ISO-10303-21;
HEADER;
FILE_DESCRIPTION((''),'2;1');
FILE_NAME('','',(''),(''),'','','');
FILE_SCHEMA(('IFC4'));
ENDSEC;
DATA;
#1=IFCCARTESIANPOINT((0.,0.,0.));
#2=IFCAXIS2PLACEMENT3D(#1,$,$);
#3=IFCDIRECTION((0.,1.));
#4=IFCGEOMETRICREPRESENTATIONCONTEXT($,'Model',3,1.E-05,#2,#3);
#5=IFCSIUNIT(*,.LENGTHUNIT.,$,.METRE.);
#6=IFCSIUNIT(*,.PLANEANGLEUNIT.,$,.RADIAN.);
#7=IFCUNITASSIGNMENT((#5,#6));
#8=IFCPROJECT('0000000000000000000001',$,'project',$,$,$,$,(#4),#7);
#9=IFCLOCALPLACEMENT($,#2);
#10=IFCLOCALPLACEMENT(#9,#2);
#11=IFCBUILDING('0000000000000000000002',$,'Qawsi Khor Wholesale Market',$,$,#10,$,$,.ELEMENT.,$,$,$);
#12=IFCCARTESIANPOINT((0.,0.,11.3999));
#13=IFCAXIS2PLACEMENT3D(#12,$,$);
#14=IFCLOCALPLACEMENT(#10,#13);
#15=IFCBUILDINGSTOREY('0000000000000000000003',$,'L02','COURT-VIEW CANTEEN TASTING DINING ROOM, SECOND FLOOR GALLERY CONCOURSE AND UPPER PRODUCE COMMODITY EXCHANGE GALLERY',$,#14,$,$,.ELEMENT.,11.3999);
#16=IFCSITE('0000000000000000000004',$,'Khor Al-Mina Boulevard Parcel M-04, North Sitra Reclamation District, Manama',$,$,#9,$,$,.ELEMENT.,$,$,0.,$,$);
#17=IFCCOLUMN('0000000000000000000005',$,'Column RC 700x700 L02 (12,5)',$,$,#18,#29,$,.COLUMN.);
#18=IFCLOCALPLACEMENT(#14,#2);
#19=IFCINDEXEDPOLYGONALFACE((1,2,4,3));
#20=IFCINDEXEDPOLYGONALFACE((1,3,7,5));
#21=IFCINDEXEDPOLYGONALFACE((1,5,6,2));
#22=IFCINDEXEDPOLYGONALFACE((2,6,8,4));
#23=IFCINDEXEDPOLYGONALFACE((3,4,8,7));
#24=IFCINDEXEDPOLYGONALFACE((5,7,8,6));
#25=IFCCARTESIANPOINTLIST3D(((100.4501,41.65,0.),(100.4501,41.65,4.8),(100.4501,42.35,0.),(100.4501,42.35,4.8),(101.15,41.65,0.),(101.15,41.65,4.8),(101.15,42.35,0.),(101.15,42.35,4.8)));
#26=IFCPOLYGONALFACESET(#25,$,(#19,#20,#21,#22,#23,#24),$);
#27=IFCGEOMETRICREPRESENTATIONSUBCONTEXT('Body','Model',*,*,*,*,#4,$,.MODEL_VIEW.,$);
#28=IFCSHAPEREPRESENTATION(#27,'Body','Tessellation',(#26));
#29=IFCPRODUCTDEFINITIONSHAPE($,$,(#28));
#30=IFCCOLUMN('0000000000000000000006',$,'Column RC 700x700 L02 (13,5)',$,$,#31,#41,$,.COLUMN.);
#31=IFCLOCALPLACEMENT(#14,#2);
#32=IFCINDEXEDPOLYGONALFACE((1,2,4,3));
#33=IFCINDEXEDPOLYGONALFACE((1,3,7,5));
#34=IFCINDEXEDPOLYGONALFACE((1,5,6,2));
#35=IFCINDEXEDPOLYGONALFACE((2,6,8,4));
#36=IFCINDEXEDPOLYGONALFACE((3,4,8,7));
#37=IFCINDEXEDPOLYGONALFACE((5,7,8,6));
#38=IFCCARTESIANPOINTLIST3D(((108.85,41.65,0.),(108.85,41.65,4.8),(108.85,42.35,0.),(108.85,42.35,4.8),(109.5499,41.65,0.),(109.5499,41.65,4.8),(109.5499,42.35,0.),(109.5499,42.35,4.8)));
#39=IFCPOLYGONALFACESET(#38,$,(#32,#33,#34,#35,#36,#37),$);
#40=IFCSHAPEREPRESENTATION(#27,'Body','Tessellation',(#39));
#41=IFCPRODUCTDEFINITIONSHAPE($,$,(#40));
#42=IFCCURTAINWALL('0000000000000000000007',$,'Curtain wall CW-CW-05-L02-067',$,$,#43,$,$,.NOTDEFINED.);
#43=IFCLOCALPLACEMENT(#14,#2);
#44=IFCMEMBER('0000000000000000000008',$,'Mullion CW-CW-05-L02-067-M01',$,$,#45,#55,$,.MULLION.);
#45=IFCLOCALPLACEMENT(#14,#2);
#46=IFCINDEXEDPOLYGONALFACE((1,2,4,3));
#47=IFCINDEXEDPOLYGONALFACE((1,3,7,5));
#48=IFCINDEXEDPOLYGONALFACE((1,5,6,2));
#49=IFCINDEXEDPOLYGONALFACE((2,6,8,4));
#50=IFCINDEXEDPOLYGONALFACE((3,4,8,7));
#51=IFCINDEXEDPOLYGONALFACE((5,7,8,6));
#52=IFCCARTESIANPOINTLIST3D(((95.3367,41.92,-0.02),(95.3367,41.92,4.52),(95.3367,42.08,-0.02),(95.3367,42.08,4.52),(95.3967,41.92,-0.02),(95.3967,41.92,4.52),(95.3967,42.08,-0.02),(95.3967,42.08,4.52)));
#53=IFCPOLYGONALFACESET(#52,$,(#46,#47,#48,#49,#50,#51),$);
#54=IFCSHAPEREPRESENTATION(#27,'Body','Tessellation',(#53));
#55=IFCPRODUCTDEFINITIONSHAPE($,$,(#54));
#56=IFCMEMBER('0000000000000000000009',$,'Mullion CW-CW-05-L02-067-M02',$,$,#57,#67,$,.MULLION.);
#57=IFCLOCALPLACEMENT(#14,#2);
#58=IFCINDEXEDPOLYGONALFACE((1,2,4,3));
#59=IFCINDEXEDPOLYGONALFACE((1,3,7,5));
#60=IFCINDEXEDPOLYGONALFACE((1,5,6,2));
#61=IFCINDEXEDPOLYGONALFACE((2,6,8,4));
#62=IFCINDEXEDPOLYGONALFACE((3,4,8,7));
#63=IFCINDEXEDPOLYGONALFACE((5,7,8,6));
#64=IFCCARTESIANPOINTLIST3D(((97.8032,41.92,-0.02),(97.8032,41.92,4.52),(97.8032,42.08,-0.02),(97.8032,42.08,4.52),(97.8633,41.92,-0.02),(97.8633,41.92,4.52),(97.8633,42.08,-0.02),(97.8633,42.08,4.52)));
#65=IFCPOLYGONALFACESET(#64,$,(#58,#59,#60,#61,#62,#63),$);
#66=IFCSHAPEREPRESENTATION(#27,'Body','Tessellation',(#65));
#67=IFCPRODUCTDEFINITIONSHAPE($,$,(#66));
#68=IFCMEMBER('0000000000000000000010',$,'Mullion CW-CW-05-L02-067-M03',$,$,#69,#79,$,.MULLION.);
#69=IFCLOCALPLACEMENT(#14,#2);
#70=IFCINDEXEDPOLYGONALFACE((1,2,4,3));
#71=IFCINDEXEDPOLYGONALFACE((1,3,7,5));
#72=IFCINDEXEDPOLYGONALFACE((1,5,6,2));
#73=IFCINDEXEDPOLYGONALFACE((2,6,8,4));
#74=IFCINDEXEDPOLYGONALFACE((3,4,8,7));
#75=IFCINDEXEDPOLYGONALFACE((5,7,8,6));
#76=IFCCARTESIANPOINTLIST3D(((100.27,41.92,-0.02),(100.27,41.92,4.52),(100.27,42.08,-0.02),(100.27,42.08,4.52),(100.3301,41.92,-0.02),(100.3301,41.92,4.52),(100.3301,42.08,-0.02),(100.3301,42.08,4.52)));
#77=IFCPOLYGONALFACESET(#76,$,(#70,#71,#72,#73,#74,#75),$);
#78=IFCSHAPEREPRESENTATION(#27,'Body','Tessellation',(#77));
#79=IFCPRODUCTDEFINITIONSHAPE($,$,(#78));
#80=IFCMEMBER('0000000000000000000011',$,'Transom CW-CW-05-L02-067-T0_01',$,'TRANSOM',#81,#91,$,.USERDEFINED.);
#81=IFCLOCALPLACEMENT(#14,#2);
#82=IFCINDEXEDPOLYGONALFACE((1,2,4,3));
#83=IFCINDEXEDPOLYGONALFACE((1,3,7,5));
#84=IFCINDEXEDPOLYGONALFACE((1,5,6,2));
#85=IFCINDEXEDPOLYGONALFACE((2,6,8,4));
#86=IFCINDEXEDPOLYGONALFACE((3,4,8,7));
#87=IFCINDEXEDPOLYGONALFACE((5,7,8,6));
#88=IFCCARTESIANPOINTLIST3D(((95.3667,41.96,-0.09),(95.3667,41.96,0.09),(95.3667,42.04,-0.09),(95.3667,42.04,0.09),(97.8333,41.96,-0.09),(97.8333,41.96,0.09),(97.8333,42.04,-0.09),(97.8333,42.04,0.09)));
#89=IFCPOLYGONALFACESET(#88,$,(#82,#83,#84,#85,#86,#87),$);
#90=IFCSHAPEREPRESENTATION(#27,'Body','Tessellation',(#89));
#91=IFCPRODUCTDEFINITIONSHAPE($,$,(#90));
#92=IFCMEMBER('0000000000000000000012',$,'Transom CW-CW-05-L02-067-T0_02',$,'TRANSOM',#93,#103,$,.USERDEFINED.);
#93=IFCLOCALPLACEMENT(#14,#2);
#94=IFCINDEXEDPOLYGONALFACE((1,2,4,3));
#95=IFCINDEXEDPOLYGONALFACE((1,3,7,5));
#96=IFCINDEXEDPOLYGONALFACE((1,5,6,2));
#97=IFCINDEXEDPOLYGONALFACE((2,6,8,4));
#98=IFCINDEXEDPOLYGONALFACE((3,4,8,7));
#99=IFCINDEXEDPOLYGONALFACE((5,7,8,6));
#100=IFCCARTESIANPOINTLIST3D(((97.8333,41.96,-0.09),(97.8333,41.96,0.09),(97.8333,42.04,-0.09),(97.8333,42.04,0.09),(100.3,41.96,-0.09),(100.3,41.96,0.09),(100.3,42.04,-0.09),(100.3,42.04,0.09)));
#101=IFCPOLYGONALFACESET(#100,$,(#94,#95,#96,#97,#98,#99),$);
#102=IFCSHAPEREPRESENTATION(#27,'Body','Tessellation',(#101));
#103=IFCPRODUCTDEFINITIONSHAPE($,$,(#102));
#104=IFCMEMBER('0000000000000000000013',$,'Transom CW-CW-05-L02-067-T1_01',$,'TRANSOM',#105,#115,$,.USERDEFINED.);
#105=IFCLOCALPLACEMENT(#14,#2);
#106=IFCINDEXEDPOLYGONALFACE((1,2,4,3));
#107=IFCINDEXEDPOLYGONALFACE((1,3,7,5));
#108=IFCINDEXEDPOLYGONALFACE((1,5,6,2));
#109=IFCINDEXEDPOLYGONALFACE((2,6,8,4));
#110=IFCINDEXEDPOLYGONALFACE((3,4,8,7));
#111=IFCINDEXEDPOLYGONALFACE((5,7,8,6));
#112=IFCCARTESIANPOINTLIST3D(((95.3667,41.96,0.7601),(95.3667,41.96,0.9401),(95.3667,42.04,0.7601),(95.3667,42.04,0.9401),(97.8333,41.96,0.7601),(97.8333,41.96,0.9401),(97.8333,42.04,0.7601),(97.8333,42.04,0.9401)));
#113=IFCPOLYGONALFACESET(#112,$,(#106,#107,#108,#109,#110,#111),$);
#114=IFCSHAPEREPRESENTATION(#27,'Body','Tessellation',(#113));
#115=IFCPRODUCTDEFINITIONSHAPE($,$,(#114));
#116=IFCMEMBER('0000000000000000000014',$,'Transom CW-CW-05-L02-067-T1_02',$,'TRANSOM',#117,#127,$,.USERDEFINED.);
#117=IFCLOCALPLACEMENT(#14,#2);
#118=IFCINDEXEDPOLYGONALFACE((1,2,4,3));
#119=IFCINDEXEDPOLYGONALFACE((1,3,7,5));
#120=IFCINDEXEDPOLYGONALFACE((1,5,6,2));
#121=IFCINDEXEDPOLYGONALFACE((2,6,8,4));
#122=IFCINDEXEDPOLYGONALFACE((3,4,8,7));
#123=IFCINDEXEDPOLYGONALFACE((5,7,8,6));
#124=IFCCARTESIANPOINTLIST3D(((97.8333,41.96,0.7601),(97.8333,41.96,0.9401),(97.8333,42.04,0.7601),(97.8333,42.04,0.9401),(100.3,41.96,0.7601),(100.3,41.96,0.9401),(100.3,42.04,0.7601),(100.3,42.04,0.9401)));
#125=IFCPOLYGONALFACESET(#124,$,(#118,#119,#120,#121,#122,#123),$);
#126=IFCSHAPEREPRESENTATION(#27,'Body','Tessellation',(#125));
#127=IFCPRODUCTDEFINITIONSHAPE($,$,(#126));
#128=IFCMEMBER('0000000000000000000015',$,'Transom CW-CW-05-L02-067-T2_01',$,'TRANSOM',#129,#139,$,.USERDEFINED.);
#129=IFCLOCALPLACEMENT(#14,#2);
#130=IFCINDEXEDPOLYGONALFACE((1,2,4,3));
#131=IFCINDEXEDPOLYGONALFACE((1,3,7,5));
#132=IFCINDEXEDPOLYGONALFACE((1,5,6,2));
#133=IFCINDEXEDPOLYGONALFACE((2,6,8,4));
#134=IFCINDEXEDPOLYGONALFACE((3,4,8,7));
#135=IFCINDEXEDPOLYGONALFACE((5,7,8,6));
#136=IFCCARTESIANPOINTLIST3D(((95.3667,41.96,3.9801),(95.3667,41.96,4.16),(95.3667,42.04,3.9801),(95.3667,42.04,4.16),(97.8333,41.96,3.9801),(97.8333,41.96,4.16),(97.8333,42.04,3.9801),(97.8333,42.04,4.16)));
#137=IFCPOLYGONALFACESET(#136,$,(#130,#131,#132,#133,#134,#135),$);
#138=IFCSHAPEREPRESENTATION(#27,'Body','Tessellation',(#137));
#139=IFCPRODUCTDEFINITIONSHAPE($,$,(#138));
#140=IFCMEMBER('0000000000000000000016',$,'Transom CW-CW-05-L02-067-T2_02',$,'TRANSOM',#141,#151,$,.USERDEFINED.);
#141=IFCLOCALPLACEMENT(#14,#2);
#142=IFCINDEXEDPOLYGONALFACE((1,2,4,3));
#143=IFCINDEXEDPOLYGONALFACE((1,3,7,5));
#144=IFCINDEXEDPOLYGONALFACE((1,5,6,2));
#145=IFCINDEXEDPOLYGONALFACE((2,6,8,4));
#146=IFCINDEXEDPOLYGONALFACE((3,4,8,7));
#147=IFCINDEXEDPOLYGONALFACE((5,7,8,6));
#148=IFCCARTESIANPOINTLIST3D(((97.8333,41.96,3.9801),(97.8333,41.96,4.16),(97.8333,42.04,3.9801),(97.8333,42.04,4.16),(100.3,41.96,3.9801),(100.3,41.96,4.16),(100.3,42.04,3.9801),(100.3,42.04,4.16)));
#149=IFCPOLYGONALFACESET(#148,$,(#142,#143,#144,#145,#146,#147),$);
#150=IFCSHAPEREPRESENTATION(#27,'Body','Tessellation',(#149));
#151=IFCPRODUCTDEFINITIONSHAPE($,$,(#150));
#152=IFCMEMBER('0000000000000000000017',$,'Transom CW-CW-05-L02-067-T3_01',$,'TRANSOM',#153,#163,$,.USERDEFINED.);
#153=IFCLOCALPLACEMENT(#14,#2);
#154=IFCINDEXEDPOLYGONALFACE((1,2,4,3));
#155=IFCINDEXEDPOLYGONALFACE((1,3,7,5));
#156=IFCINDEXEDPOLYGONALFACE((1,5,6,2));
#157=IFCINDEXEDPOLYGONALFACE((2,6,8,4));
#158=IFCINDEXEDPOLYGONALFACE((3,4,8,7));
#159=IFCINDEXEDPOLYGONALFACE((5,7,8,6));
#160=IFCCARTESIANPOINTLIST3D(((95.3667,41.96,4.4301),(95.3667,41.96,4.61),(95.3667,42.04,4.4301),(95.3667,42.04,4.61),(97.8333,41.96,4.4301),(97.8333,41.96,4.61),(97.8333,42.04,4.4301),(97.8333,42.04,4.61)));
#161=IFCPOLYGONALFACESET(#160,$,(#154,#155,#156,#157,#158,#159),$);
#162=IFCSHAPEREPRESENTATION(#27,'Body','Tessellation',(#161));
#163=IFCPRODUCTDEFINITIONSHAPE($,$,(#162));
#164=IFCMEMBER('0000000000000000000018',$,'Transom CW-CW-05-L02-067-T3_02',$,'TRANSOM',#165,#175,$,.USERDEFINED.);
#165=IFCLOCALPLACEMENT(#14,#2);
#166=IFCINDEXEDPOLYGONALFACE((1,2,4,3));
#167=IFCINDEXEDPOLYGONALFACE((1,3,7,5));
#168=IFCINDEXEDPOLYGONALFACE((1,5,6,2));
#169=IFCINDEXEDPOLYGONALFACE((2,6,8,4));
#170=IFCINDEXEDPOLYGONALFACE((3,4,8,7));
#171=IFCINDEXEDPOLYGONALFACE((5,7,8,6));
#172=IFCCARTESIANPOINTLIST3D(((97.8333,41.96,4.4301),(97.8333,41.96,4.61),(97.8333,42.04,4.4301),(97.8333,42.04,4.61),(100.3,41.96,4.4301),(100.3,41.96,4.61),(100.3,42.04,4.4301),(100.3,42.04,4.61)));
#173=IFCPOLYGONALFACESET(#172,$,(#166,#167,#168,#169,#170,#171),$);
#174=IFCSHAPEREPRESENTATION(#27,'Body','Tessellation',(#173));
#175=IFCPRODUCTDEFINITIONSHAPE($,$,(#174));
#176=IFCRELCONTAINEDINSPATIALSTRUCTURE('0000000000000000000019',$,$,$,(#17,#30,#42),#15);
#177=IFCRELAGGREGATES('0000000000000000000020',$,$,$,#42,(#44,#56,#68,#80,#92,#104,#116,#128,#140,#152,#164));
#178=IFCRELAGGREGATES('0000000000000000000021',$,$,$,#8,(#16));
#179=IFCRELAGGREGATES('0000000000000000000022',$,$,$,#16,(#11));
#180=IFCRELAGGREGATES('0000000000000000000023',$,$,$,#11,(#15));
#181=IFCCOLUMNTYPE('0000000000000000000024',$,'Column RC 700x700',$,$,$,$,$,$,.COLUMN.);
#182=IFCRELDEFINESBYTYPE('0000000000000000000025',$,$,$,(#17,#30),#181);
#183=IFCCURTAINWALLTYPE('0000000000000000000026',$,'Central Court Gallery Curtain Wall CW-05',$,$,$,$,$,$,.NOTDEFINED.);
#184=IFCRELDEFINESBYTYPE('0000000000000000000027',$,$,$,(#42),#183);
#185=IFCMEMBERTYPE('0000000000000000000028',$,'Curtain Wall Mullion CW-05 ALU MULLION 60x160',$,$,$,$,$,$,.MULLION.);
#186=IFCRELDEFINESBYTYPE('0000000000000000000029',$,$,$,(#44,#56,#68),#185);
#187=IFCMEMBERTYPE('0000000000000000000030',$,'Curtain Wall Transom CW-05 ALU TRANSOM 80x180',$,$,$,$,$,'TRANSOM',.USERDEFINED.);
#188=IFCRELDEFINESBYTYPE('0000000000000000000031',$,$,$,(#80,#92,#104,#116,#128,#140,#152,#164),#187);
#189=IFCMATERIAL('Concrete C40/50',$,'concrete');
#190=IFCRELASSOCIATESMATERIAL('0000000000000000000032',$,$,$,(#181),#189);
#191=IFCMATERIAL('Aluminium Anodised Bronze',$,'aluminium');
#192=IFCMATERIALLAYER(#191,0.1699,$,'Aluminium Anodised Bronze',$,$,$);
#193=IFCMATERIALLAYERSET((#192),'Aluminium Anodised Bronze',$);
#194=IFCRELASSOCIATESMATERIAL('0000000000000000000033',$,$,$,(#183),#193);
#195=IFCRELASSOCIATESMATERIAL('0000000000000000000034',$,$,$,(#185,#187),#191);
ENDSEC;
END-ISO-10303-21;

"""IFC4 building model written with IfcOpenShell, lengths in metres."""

from ifc_helpers import new_model, si_unit, direction, frame, origin, origin_2d, place, context, subcontext, project, spatial, rectangle, extrude, material, layer, layer_set, material_profile, profile_set, type_object, element, aggregate, save


model = new_model("IFC4")

# Units and contexts
model_context = context("Model", 3, precision=1e-05, world=origin(), true_north=direction((0.0, 1.0)))
body_context = subcontext(model_context, "Body", "Model", "MODEL_VIEW")
ifc_project = project(units=[si_unit("LENGTHUNIT", "METRE"), si_unit("PLANEANGLEUNIT", "RADIAN")], contexts=[model_context])

# Site, building, storey
site_placement = place(None, origin())
site = spatial("IfcSite", under=ifc_project, at=site_placement, Name="Khor Al-Mina Boulevard Parcel M-04, North Sitra Reclamation District, Manama", CompositionType="ELEMENT", RefElevation=0.0)
building_placement = place(site_placement, origin())
building = spatial("IfcBuilding", under=site, at=building_placement, Name="Qawsi Khor Wholesale Market", CompositionType="ELEMENT")
storey_placement = place(building_placement, frame((0.0, 0.0, 11.3999)))
storey = spatial("IfcBuildingStorey", under=building, at=storey_placement, Name="L02", Description="COURT-VIEW CANTEEN TASTING DINING ROOM, SECOND FLOOR GALLERY CONCOURSE AND UPPER PRODUCE COMMODITY EXCHANGE GALLERY", CompositionType="ELEMENT", Elevation=11.3999)

# Columns
ifc_material_1 = material(Name="Concrete C40/50", Category="concrete")
ifc_material_profile_1 = material_profile(ifc_material_1, rectangle(XDim=0.7, YDim=0.7, at=origin_2d()), Name="RC 700x700")
ifc_profile_set_1 = profile_set([ifc_material_profile_1], Name="Concrete C40/50")
column_type = type_object("IfcColumnType", Name="Column RC 700x700", PredefinedType="COLUMN", material=ifc_profile_set_1)
for number, where, z_axis, x_axis, name in (
    (1, (100.8, 42.0, 0.0), (0.0, 0.0, 1.0), (1.0, 0.0, 0.0), "Column RC 700x700 L02 (12,5)"),
    (2, (109.2, 42.0, 0.0), (0.0, 0.0, 1.0), (1.0, 0.0, 0.0), "Column RC 700x700 L02 (13,5)"),
):
    element("IfcColumn", number, at=place(storey_placement, frame(where, z_axis=z_axis, x_axis=x_axis)), inside=storey, type_object=column_type, Name=name, PredefinedType="COLUMN", context=body_context, shape_type="SweptSolid", body=[
        extrude(rectangle(XDim=0.7, YDim=0.7, at=origin_2d()), origin(), (0.0, 0.0, 1.0), 4.8),
    ])

# Curtain wall, members
ifc_material_2 = material(Name="Aluminium Anodised Bronze", Category="aluminium")
ifc_layer_1 = layer(ifc_material_2, 0.1699, Name="Aluminium Anodised Bronze")
ifc_layer_set_1 = layer_set([ifc_layer_1], Name="Aluminium Anodised Bronze")
curtain_wall_type = type_object("IfcCurtainWallType", Name="Central Court Gallery Curtain Wall CW-05", PredefinedType="NOTDEFINED", material=ifc_layer_set_1)
curtain_wall_placement = place(storey_placement, origin())
curtain_wall = element("IfcCurtainWall", 3, at=curtain_wall_placement, inside=storey, type_object=curtain_wall_type, Name="Curtain wall CW-CW-05-L02-067", PredefinedType="NOTDEFINED")
ifc_material_profile_2 = material_profile(ifc_material_2, rectangle(XDim=0.0601, YDim=0.1599, at=origin_2d()), Name="ALU MULLION 60x160")
ifc_profile_set_2 = profile_set([ifc_material_profile_2], Name="Aluminium Anodised Bronze")
member_type_1 = type_object("IfcMemberType", Name="Curtain Wall Mullion CW-05 ALU MULLION 60x160", PredefinedType="MULLION", material=ifc_profile_set_2)
member_1_placement = place(storey_placement, frame((95.3667, 42.0, -0.02), z_axis=(0.0, 0.0, 1.0), x_axis=(1.0, 0.0, 0.0)))
member_1 = element("IfcMember", 4, at=member_1_placement, type_object=member_type_1, Name="Mullion CW-CW-05-L02-067-M01", PredefinedType="MULLION", context=body_context, shape_type="SweptSolid", body=[
    extrude(rectangle(XDim=0.0601, YDim=0.1599, at=origin_2d()), origin(), (0.0, 0.0, 1.0), 4.54),
])
member_2_placement = place(storey_placement, frame((97.8333, 42.0, -0.02), z_axis=(0.0, 0.0, 1.0), x_axis=(1.0, 0.0, 0.0)))
member_2 = element("IfcMember", 5, at=member_2_placement, type_object=member_type_1, Name="Mullion CW-CW-05-L02-067-M02", PredefinedType="MULLION", context=body_context, shape_type="SweptSolid", body=[
    extrude(rectangle(XDim=0.0601, YDim=0.1599, at=origin_2d()), origin(), (0.0, 0.0, 1.0), 4.54),
])
member_3_placement = place(storey_placement, frame((100.3, 42.0, -0.02), z_axis=(0.0, 0.0, 1.0), x_axis=(1.0, 0.0, 0.0)))
member_3 = element("IfcMember", 6, at=member_3_placement, type_object=member_type_1, Name="Mullion CW-CW-05-L02-067-M03", PredefinedType="MULLION", context=body_context, shape_type="SweptSolid", body=[
    extrude(rectangle(XDim=0.0601, YDim=0.1599, at=origin_2d()), origin(), (0.0, 0.0, 1.0), 4.54),
])
ifc_material_profile_3 = material_profile(ifc_material_2, rectangle(XDim=0.0801, YDim=0.1799, at=origin_2d()), Name="ALU TRANSOM 80x180")
ifc_profile_set_3 = profile_set([ifc_material_profile_3], Name="Aluminium Anodised Bronze")
member_type_2 = type_object("IfcMemberType", Name="Curtain Wall Transom CW-05 ALU TRANSOM 80x180", ElementType="TRANSOM", PredefinedType="USERDEFINED", material=ifc_profile_set_3)
member_4_placement = place(storey_placement, frame((95.3667, 42.0, 0.0), z_axis=(1.0, 0.0, 0.0), x_axis=(0.0, 1.0, 0.0)))
member_4 = element("IfcMember", 7, at=member_4_placement, type_object=member_type_2, Name="Transom CW-CW-05-L02-067-T0_01", ObjectType="TRANSOM", PredefinedType="USERDEFINED", context=body_context, shape_type="SweptSolid", body=[
    extrude(rectangle(XDim=0.0801, YDim=0.1799, at=origin_2d()), origin(), (0.0, 0.0, 1.0), 2.4666),
])
member_5_placement = place(storey_placement, frame((97.8333, 42.0, 0.0), z_axis=(1.0, 0.0, 0.0), x_axis=(0.0, 1.0, 0.0)))
member_5 = element("IfcMember", 8, at=member_5_placement, type_object=member_type_2, Name="Transom CW-CW-05-L02-067-T0_02", ObjectType="TRANSOM", PredefinedType="USERDEFINED", context=body_context, shape_type="SweptSolid", body=[
    extrude(rectangle(XDim=0.0801, YDim=0.1799, at=origin_2d()), origin(), (0.0, 0.0, 1.0), 2.4668),
])
member_6_placement = place(storey_placement, frame((95.3667, 42.0, 0.8501), z_axis=(1.0, 0.0, 0.0), x_axis=(0.0, 1.0, 0.0)))
member_6 = element("IfcMember", 9, at=member_6_placement, type_object=member_type_2, Name="Transom CW-CW-05-L02-067-T1_01", ObjectType="TRANSOM", PredefinedType="USERDEFINED", context=body_context, shape_type="SweptSolid", body=[
    extrude(rectangle(XDim=0.0801, YDim=0.1799, at=origin_2d()), origin(), (0.0, 0.0, 1.0), 2.4666),
])
member_7_placement = place(storey_placement, frame((97.8333, 42.0, 0.8501), z_axis=(1.0, 0.0, 0.0), x_axis=(0.0, 1.0, 0.0)))
member_7 = element("IfcMember", 10, at=member_7_placement, type_object=member_type_2, Name="Transom CW-CW-05-L02-067-T1_02", ObjectType="TRANSOM", PredefinedType="USERDEFINED", context=body_context, shape_type="SweptSolid", body=[
    extrude(rectangle(XDim=0.0801, YDim=0.1799, at=origin_2d()), origin(), (0.0, 0.0, 1.0), 2.4668),
])
member_8_placement = place(storey_placement, frame((95.3667, 42.0, 4.0701), z_axis=(1.0, 0.0, 0.0), x_axis=(0.0, 1.0, 0.0)))
member_8 = element("IfcMember", 11, at=member_8_placement, type_object=member_type_2, Name="Transom CW-CW-05-L02-067-T2_01", ObjectType="TRANSOM", PredefinedType="USERDEFINED", context=body_context, shape_type="SweptSolid", body=[
    extrude(rectangle(XDim=0.0801, YDim=0.1799, at=origin_2d()), origin(), (0.0, 0.0, 1.0), 2.4666),
])
member_9_placement = place(storey_placement, frame((97.8333, 42.0, 4.0701), z_axis=(1.0, 0.0, 0.0), x_axis=(0.0, 1.0, 0.0)))
member_9 = element("IfcMember", 12, at=member_9_placement, type_object=member_type_2, Name="Transom CW-CW-05-L02-067-T2_02", ObjectType="TRANSOM", PredefinedType="USERDEFINED", context=body_context, shape_type="SweptSolid", body=[
    extrude(rectangle(XDim=0.0801, YDim=0.1799, at=origin_2d()), origin(), (0.0, 0.0, 1.0), 2.4668),
])
member_10_placement = place(storey_placement, frame((95.3667, 42.0, 4.52), z_axis=(1.0, 0.0, 0.0), x_axis=(0.0, 1.0, 0.0)))
member_10 = element("IfcMember", 13, at=member_10_placement, type_object=member_type_2, Name="Transom CW-CW-05-L02-067-T3_01", ObjectType="TRANSOM", PredefinedType="USERDEFINED", context=body_context, shape_type="SweptSolid", body=[
    extrude(rectangle(XDim=0.0801, YDim=0.1799, at=origin_2d()), origin(), (0.0, 0.0, 1.0), 2.4666),
])
member_11_placement = place(storey_placement, frame((97.8333, 42.0, 4.52), z_axis=(1.0, 0.0, 0.0), x_axis=(0.0, 1.0, 0.0)))
member_11 = element("IfcMember", 14, at=member_11_placement, type_object=member_type_2, Name="Transom CW-CW-05-L02-067-T3_02", ObjectType="TRANSOM", PredefinedType="USERDEFINED", context=body_context, shape_type="SweptSolid", body=[
    extrude(rectangle(XDim=0.0801, YDim=0.1799, at=origin_2d()), origin(), (0.0, 0.0, 1.0), 2.4668),
])

aggregate(curtain_wall, [member_1, member_2, member_3, member_4, member_5, member_6, member_7, member_8, member_9, member_10, member_11])

save(model, "model.ifc")
